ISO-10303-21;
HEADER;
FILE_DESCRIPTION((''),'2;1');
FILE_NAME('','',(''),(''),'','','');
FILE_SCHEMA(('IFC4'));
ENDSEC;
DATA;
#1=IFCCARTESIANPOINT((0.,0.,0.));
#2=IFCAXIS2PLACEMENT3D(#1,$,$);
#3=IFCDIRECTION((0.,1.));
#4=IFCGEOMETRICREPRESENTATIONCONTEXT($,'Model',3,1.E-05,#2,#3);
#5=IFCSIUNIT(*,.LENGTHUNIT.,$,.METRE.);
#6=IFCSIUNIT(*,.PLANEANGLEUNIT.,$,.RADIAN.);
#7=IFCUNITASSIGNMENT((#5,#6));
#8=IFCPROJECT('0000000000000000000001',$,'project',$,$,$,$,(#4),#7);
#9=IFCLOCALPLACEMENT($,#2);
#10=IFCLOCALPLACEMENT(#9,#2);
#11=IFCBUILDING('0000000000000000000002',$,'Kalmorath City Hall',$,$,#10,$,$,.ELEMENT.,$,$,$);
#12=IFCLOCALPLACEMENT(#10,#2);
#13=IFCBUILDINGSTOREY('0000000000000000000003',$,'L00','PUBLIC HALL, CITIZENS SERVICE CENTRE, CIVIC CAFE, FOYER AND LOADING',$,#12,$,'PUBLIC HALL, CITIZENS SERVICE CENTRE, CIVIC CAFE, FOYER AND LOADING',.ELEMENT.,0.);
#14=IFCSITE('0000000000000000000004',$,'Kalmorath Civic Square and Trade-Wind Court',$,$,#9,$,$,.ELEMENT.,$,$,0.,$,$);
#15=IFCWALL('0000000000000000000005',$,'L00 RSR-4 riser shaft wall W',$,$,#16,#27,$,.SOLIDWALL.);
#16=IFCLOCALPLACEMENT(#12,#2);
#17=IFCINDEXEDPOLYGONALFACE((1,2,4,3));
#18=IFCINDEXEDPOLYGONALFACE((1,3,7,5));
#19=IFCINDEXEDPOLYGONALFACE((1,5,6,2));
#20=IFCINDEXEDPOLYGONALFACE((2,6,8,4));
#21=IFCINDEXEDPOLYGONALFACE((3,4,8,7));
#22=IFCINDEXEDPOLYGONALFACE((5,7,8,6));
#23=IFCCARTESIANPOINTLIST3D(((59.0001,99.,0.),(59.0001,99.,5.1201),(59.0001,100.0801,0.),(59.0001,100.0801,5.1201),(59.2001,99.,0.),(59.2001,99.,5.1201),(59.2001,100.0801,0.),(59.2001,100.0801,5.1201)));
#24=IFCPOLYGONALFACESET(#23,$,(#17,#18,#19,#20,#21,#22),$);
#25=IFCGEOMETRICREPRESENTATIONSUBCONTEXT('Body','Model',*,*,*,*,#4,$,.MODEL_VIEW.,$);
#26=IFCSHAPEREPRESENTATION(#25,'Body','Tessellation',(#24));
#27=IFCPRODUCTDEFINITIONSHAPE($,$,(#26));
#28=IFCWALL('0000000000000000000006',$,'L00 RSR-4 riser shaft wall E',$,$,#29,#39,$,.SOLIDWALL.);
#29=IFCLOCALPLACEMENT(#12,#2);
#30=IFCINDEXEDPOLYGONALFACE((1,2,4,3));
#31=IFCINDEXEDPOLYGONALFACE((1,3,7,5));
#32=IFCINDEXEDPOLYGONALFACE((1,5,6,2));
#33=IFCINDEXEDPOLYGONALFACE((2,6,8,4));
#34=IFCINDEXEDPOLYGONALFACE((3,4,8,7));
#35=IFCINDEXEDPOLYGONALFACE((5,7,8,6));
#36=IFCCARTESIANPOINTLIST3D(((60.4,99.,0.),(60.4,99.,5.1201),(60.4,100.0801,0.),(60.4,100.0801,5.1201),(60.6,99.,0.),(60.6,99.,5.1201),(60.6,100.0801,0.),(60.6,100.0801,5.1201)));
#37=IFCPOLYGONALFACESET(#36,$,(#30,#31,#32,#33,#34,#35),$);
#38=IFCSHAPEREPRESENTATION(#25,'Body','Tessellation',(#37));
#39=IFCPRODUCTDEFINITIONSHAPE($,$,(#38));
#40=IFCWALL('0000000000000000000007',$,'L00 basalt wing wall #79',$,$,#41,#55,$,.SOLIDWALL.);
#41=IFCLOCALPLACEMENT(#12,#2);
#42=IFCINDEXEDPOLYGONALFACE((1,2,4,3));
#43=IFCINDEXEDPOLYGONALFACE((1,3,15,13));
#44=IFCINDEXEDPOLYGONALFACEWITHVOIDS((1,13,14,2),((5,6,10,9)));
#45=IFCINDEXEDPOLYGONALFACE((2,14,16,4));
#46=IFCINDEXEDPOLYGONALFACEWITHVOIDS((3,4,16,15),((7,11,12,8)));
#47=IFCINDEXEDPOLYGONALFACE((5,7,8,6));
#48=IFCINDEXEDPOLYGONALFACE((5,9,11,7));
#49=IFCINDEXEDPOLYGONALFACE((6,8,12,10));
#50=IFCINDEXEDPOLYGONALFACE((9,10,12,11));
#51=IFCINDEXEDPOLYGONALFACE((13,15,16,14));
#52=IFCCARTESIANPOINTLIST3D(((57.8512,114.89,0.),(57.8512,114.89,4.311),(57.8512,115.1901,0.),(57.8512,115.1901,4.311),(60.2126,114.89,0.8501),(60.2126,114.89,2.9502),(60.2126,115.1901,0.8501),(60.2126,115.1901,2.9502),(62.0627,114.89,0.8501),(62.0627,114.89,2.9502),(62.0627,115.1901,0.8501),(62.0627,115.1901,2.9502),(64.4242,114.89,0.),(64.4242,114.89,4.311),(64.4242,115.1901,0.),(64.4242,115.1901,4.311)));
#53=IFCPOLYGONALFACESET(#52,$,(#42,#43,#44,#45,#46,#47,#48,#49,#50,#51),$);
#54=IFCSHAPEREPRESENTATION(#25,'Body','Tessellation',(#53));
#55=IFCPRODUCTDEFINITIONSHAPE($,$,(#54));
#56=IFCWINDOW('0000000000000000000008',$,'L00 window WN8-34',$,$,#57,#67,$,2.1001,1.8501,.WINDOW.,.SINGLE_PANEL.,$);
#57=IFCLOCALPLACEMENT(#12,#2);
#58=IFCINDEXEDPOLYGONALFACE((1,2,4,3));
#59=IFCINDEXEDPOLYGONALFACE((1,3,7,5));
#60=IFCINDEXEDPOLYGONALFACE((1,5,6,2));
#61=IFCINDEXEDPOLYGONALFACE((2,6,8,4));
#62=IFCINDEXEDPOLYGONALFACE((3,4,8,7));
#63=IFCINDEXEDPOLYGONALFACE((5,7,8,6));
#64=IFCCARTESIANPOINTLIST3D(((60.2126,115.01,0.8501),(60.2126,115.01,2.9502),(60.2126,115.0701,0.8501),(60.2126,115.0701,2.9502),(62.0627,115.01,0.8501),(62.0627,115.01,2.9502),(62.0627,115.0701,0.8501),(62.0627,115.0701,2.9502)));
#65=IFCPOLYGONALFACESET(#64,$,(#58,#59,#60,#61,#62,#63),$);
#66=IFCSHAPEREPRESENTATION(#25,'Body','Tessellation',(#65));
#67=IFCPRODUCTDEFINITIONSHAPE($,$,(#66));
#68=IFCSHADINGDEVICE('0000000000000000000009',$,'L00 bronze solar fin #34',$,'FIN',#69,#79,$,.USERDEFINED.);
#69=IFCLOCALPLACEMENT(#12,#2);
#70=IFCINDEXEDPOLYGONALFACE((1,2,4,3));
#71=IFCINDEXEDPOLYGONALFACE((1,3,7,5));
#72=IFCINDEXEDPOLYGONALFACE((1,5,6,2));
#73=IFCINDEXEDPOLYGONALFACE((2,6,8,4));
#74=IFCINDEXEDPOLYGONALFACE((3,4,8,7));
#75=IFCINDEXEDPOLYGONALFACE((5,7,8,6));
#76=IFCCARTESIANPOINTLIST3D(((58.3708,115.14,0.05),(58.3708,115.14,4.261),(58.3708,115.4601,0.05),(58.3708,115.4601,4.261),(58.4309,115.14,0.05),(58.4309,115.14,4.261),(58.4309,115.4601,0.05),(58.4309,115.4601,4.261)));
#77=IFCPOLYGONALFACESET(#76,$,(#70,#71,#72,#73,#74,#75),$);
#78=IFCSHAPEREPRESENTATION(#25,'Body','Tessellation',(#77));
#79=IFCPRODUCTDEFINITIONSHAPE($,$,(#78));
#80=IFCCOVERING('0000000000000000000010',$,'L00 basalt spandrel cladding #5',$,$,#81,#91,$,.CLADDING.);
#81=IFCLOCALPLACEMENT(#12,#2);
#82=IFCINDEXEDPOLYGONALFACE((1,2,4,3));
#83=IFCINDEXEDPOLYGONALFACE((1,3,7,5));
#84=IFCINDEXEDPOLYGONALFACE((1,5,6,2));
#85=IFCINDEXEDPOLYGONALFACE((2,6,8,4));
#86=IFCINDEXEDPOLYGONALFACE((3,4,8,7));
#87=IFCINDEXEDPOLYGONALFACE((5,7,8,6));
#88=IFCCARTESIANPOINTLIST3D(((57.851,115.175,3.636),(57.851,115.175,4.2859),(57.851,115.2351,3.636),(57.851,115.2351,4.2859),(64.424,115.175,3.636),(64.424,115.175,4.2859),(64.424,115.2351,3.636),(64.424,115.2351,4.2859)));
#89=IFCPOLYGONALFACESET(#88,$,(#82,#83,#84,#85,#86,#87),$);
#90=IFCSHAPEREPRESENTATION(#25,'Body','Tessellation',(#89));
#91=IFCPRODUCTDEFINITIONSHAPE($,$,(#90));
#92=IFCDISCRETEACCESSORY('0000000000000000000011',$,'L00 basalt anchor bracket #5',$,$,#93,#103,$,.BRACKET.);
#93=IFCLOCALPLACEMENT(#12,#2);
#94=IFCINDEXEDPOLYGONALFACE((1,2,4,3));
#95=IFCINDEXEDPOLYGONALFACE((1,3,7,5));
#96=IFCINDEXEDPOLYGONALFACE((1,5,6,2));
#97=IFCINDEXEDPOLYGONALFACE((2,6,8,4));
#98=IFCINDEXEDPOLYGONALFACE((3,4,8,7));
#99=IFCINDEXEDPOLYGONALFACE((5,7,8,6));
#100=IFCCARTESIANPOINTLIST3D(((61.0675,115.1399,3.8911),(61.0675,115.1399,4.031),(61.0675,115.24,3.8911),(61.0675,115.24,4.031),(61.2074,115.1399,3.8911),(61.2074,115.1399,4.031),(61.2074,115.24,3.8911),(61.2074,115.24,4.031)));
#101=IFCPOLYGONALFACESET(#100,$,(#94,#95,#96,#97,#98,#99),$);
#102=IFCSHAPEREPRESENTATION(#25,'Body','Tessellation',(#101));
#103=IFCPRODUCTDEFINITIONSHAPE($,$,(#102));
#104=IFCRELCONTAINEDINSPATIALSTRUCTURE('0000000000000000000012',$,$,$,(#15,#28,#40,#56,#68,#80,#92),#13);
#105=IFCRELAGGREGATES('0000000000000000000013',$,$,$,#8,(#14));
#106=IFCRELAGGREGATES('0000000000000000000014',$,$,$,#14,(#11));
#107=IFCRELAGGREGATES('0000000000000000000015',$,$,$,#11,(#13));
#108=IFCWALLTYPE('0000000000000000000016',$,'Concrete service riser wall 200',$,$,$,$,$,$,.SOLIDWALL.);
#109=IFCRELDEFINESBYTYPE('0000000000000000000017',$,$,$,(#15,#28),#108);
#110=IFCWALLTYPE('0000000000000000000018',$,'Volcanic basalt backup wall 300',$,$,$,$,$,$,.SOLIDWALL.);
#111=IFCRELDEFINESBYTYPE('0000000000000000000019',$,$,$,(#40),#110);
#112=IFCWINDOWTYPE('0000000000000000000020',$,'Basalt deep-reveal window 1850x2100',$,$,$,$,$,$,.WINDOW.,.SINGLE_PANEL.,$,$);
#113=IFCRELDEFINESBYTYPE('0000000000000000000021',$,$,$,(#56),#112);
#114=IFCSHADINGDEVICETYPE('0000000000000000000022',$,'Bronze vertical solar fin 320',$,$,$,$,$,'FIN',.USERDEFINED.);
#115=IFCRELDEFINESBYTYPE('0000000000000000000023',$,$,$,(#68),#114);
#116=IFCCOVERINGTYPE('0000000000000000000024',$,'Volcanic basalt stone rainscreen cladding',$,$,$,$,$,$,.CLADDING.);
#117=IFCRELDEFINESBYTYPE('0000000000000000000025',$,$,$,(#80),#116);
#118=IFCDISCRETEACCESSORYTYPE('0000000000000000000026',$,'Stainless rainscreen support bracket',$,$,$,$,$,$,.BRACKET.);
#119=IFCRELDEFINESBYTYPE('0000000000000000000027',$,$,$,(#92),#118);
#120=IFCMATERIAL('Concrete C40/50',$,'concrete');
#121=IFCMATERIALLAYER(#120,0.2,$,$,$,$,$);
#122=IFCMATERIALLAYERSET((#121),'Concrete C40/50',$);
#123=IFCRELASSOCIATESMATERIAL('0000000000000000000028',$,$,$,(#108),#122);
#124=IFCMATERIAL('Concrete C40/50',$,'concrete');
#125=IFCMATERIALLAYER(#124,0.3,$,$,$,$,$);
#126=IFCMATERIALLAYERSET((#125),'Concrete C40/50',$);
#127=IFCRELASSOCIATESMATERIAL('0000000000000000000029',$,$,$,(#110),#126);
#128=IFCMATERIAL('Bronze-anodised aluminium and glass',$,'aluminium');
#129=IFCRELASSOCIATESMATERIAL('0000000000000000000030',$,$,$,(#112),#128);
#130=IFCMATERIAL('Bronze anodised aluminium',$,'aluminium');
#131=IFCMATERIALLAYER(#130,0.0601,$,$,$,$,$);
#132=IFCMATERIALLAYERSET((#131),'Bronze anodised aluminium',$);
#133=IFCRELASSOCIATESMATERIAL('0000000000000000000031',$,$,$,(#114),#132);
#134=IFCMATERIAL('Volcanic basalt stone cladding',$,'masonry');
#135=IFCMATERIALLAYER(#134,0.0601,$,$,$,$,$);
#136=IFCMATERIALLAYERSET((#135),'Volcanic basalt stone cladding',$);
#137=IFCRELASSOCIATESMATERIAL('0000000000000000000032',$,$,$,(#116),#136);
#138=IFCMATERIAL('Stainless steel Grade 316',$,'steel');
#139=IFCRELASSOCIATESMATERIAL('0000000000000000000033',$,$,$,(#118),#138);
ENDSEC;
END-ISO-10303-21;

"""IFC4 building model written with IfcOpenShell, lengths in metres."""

from ifc_helpers import new_model, si_unit, direction, frame, frame_2d, origin, origin_2d, place, context, subcontext, project, spatial, rectangle, extrude, material, layer, layer_set, type_object, element, fill, save


model = new_model("IFC4")

# Units and contexts
model_context = context("Model", 3, precision=1e-05, world=origin(), true_north=direction((0.0, 1.0)))
body_context = subcontext(model_context, "Body", "Model", "MODEL_VIEW")
ifc_project = project(units=[si_unit("LENGTHUNIT", "METRE"), si_unit("PLANEANGLEUNIT", "RADIAN")], contexts=[model_context])

# Site, building, storey
site_placement = place(None, origin())
site = spatial("IfcSite", under=ifc_project, at=site_placement, Name="Kalmorath Civic Square and Trade-Wind Court", CompositionType="ELEMENT", RefElevation=0.0)
building_placement = place(site_placement, origin())
building = spatial("IfcBuilding", under=site, at=building_placement, Name="Kalmorath City Hall", CompositionType="ELEMENT")
storey_placement = place(building_placement, origin())
storey = spatial("IfcBuildingStorey", under=building, at=storey_placement, Name="L00", Description="PUBLIC HALL, CITIZENS SERVICE CENTRE, CIVIC CAFE, FOYER AND LOADING", LongName="PUBLIC HALL, CITIZENS SERVICE CENTRE, CIVIC CAFE, FOYER AND LOADING", CompositionType="ELEMENT", Elevation=0.0)

# Walls
ifc_material_1 = material(Name="Concrete C40/50", Category="concrete")
ifc_layer_1 = layer(ifc_material_1, 0.2)
ifc_layer_set_1 = layer_set([ifc_layer_1], Name="Concrete C40/50")
wall_type_1 = type_object("IfcWallType", Name="Concrete service riser wall 200", PredefinedType="SOLIDWALL", material=ifc_layer_set_1)
for number, where, z_axis, x_axis, name in (
    (1, (59.1001, 100.0801, 0.0), (0.0, 0.0, 1.0), (0.0, -1.0, 0.0), "L00 RSR-4 riser shaft wall W"),
    (2, (60.5, 99.0, 0.0), (0.0, 0.0, 1.0), (0.0, 1.0, 0.0), "L00 RSR-4 riser shaft wall E"),
):
    element("IfcWall", number, at=place(storey_placement, frame(where, z_axis=z_axis, x_axis=x_axis)), inside=storey, type_object=wall_type_1, Name=name, PredefinedType="SOLIDWALL", context=body_context, shape_type="SweptSolid", body=[
        extrude(rectangle(XDim=1.0801, YDim=0.2, at=frame_2d((0.54, 0.0))), origin(), (0.0, 0.0, 1.0), 5.1201),
    ])

# Wall, opening, window
ifc_material_2 = material(Name="Concrete C40/50", Category="concrete")
ifc_layer_2 = layer(ifc_material_2, 0.3)
ifc_layer_set_2 = layer_set([ifc_layer_2], Name="Concrete C40/50")
wall_type_2 = type_object("IfcWallType", Name="Volcanic basalt backup wall 300", PredefinedType="SOLIDWALL", material=ifc_layer_set_2)
wall_placement = place(storey_placement, frame((57.8511, 115.04, 0.0), z_axis=(0.0, 0.0, 1.0), x_axis=(1.0, 0.0, 0.0)))
wall = element("IfcWall", 3, at=wall_placement, inside=storey, type_object=wall_type_2, Name="L00 basalt wing wall #79", PredefinedType="SOLIDWALL", context=body_context, shape_type="SweptSolid", body=[
    extrude(rectangle(XDim=6.573, YDim=0.3, at=frame_2d((3.2866, 0.0))), origin(), (0.0, 0.0, 1.0), 4.311),
])
opening_placement = place(wall_placement, frame((2.3616, 0.0, 0.8501)))
opening = element("IfcOpeningElement", 4, at=opening_placement, cuts=wall, PredefinedType="OPENING", context=body_context, shape_type="SweptSolid", body=[
    extrude(rectangle(XDim=1.8501, YDim=2.1001, at=frame_2d((0.925, 1.05))), frame((0.0, 0.1599, 0.0), z_axis=(0.0, -1.0, 0.0), x_axis=(1.0, 0.0, 0.0)), (0.0, 0.0, 1.0), 0.3201),
])
ifc_material_3 = material(Name="Bronze-anodised aluminium and glass", Category="aluminium")
window_type = type_object("IfcWindowType", Name="Basalt deep-reveal window 1850x2100", PartitioningType="SINGLE_PANEL", PredefinedType="WINDOW", material=ifc_material_3)
window_placement = place(opening_placement, origin())
window = element("IfcWindow", 5, at=window_placement, inside=storey, type_object=window_type, Name="L00 window WN8-34", OverallHeight=2.1001, OverallWidth=1.8501, PartitioningType="SINGLE_PANEL", PredefinedType="WINDOW", context=body_context, shape_type="SweptSolid", body=[
    extrude(rectangle(XDim=1.8501, YDim=2.1001, at=frame_2d((0.925, 1.05))), frame((0.0, 0.03, 0.0), z_axis=(0.0, -1.0, 0.0), x_axis=(1.0, 0.0, 0.0)), (0.0, 0.0, 1.0), 0.0601),
])
fill(opening, window)

# Shading device
ifc_material_4 = material(Name="Bronze anodised aluminium", Category="aluminium")
ifc_layer_3 = layer(ifc_material_4, 0.0601)
ifc_layer_set_3 = layer_set([ifc_layer_3], Name="Bronze anodised aluminium")
shading_device_type = type_object("IfcShadingDeviceType", Name="Bronze vertical solar fin 320", ElementType="FIN", PredefinedType="USERDEFINED", material=ifc_layer_set_3)
shading_device_placement = place(storey_placement, frame((58.4009, 115.3, 0.05), z_axis=(0.0, 0.0, 1.0), x_axis=(1.0, 0.0, 0.0)))
element("IfcShadingDevice", 6, at=shading_device_placement, inside=storey, type_object=shading_device_type, Name="L00 bronze solar fin #34", ObjectType="FIN", PredefinedType="USERDEFINED", context=body_context, shape_type="SweptSolid", body=[
    extrude(rectangle(XDim=0.0601, YDim=0.3201, at=origin_2d()), origin(), (0.0, 0.0, 1.0), 4.2109),
])

# Covering
ifc_material_5 = material(Name="Volcanic basalt stone cladding", Category="masonry")
ifc_layer_4 = layer(ifc_material_5, 0.0601)
ifc_layer_set_4 = layer_set([ifc_layer_4], Name="Volcanic basalt stone cladding")
covering_type = type_object("IfcCoveringType", Name="Volcanic basalt stone rainscreen cladding", PredefinedType="CLADDING", material=ifc_layer_set_4)
covering_placement = place(storey_placement, frame((61.1375, 115.2051, 3.636), z_axis=(0.0, 0.0, 1.0), x_axis=(1.0, 0.0, 0.0)))
element("IfcCovering", 7, at=covering_placement, inside=storey, type_object=covering_type, Name="L00 basalt spandrel cladding #5", PredefinedType="CLADDING", context=body_context, shape_type="SweptSolid", body=[
    extrude(rectangle(XDim=6.573, YDim=0.0601, at=origin_2d()), origin(), (0.0, 0.0, 1.0), 0.6499),
])

# Discrete accessory
ifc_material_6 = material(Name="Stainless steel Grade 316", Category="steel")
discrete_accessory_type = type_object("IfcDiscreteAccessoryType", Name="Stainless rainscreen support bracket", PredefinedType="BRACKET", material=ifc_material_6)
discrete_accessory_placement = place(storey_placement, frame((61.1375, 115.1899, 3.8911), z_axis=(0.0, 0.0, 1.0), x_axis=(1.0, 0.0, 0.0)))
element("IfcDiscreteAccessory", 8, at=discrete_accessory_placement, inside=storey, type_object=discrete_accessory_type, Name="L00 basalt anchor bracket #5", PredefinedType="BRACKET", context=body_context, shape_type="SweptSolid", body=[
    extrude(rectangle(XDim=0.1399, YDim=0.1001, at=origin_2d()), origin(), (0.0, 0.0, 1.0), 0.1399),
])

save(model, "model.ifc")
